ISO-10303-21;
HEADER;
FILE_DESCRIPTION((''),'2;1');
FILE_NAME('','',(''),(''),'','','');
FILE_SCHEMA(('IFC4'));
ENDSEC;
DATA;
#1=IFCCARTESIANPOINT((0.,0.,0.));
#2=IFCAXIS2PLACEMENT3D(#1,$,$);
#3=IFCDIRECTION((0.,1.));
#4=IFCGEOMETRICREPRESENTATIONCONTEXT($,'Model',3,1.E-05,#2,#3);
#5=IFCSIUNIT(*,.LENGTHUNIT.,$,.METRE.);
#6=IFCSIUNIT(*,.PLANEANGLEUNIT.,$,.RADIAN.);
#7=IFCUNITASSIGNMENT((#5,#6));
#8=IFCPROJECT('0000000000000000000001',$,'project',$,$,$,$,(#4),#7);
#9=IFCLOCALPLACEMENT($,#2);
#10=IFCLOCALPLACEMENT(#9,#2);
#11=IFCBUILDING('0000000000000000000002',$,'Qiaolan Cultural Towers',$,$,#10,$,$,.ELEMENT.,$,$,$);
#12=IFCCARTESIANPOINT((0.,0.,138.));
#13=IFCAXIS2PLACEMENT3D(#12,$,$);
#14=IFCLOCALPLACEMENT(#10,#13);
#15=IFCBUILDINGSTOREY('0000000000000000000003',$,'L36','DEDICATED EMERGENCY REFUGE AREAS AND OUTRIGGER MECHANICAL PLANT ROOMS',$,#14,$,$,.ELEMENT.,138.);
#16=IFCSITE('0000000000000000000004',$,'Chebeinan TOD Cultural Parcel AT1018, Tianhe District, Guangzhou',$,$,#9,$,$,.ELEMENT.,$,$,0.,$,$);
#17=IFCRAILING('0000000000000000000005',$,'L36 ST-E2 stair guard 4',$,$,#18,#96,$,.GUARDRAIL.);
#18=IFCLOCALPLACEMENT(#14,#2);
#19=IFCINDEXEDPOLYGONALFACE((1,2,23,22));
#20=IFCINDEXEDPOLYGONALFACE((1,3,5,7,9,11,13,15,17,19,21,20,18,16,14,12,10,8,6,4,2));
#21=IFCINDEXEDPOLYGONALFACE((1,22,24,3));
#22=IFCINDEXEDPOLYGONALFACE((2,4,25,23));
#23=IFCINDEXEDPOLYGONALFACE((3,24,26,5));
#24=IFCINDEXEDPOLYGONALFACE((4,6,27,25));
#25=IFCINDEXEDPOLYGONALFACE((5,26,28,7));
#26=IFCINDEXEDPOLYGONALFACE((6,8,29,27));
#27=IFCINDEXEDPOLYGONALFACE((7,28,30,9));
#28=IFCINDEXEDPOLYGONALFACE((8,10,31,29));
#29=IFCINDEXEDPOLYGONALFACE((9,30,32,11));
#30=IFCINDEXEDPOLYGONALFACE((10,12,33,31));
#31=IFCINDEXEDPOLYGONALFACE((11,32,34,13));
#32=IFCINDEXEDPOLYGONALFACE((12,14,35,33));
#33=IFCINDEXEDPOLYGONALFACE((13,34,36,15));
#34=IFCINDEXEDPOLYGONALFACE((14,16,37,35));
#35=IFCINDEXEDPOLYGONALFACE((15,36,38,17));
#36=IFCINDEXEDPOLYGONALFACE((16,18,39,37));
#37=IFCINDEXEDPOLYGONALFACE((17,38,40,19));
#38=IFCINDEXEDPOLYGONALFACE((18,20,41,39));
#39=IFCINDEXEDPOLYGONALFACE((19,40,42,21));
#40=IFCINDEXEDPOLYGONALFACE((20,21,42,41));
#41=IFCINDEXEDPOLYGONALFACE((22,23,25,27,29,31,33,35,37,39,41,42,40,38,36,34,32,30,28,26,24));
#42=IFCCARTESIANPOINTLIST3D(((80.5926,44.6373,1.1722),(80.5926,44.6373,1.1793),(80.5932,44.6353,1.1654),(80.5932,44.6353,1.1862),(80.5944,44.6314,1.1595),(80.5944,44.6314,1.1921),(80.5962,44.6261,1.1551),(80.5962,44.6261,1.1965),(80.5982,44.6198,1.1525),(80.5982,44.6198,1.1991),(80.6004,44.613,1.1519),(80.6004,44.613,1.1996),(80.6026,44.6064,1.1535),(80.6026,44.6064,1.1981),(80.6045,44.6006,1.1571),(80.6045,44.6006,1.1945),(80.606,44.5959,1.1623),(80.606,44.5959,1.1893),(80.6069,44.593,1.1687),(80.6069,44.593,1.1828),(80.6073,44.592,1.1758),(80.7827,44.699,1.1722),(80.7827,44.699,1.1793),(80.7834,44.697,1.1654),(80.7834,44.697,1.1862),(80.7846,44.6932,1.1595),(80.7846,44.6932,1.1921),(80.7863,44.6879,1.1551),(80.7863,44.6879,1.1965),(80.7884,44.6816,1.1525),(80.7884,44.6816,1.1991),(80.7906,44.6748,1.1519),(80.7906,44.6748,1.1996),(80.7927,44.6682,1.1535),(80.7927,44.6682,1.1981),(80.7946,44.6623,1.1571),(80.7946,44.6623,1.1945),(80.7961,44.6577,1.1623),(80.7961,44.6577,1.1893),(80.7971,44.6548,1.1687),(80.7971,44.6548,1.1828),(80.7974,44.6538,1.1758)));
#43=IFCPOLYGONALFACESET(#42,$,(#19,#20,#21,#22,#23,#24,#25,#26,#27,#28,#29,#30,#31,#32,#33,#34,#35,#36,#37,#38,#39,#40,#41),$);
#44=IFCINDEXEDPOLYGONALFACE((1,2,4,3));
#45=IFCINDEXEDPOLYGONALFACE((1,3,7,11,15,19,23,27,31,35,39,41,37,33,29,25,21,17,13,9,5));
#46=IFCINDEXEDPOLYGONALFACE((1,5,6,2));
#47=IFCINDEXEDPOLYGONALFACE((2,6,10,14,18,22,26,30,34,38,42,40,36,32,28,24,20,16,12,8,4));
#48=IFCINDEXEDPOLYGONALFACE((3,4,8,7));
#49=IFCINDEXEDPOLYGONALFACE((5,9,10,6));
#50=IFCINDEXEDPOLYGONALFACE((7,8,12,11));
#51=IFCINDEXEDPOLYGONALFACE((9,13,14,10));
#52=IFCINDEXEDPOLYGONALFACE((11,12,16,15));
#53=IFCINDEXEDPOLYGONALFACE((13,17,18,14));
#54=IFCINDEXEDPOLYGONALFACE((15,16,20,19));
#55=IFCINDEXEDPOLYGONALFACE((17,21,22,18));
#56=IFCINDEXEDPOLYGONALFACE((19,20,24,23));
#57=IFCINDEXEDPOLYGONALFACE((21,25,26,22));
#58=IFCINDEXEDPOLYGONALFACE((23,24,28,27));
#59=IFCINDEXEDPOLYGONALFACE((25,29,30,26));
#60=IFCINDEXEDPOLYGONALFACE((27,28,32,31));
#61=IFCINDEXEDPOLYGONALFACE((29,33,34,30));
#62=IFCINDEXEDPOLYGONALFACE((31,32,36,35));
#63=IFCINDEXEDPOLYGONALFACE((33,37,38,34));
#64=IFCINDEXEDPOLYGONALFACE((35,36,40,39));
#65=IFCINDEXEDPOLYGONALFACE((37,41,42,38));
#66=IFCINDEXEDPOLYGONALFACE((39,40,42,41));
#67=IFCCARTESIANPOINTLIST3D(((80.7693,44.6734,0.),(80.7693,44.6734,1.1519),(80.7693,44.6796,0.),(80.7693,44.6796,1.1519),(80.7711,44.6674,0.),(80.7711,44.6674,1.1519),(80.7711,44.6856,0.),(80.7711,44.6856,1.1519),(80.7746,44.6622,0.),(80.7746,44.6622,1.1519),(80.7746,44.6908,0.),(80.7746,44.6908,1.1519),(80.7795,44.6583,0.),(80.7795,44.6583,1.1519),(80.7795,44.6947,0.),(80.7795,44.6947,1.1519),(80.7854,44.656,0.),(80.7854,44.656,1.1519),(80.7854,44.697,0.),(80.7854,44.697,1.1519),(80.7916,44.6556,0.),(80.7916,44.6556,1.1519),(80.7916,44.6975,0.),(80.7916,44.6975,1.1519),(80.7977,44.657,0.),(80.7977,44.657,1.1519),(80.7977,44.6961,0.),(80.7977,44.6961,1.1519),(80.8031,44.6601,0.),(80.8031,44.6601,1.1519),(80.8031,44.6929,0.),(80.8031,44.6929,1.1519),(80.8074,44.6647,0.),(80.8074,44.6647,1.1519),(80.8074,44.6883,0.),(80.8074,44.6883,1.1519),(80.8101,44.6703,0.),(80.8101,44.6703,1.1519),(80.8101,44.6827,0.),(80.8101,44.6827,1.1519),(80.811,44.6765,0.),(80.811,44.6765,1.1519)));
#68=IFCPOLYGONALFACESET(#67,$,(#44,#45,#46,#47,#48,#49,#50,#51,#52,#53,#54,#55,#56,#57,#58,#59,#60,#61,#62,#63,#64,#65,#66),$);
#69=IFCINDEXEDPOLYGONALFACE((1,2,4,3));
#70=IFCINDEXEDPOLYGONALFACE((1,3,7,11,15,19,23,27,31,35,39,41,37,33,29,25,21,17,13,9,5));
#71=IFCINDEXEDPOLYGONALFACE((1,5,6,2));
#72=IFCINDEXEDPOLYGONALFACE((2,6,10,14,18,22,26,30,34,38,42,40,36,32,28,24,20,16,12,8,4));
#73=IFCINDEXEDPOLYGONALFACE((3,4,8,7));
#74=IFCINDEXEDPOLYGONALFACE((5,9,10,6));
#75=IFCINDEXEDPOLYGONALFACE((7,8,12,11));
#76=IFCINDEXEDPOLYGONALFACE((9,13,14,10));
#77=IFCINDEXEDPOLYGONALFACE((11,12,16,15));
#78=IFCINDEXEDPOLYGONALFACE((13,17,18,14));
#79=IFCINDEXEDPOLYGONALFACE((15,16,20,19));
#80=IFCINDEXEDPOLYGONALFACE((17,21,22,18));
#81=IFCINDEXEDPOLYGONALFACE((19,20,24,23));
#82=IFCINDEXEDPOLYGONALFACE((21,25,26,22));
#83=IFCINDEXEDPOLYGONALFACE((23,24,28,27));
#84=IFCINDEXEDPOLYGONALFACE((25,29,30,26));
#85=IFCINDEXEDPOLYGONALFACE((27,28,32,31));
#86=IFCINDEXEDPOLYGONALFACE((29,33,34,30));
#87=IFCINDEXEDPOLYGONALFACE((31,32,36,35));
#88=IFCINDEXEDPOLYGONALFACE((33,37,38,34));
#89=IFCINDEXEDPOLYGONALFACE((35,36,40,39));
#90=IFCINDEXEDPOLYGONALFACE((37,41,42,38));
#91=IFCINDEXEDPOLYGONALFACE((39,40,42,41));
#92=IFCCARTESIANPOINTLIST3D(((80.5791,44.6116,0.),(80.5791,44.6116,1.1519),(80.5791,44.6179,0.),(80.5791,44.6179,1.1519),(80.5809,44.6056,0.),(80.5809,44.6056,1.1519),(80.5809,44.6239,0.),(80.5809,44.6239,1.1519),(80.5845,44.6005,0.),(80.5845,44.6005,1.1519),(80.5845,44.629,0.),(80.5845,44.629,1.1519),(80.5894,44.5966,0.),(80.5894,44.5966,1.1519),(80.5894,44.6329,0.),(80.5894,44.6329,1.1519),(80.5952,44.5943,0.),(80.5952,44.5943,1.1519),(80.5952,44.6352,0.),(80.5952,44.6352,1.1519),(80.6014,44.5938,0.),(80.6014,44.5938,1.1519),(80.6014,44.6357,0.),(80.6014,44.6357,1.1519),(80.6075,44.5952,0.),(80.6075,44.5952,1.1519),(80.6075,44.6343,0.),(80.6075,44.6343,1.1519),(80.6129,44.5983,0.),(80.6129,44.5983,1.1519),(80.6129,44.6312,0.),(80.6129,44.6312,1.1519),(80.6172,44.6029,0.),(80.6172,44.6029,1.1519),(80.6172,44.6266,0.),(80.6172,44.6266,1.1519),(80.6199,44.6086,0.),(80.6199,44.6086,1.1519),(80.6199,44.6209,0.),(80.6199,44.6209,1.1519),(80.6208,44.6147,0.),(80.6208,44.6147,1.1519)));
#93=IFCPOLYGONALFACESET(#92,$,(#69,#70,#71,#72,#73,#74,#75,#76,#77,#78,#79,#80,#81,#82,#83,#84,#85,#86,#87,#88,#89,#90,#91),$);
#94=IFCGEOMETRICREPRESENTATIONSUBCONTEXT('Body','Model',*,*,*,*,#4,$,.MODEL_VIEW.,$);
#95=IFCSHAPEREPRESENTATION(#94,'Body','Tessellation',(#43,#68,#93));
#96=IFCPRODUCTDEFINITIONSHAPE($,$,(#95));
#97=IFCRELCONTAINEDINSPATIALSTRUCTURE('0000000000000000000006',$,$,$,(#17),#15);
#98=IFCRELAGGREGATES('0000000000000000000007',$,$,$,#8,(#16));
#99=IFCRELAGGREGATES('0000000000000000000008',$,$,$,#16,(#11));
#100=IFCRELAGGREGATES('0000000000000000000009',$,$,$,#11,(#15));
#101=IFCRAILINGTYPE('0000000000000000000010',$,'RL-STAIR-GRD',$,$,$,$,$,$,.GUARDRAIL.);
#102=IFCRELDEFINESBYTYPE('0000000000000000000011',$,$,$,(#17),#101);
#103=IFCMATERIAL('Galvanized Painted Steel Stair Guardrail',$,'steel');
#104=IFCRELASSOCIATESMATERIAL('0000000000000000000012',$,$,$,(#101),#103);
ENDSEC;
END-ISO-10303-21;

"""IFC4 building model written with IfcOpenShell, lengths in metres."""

from ifc_helpers import new_model, si_unit, direction, frame, origin, origin_2d, place, context, subcontext, project, spatial, circle, extrude, material, type_object, element, save


model = new_model("IFC4")

# Units and contexts
model_context = context("Model", 3, precision=1e-05, world=origin(), true_north=direction((0.0, 1.0)))
body_context = subcontext(model_context, "Body", "Model", "MODEL_VIEW")
ifc_project = project(units=[si_unit("LENGTHUNIT", "METRE"), si_unit("PLANEANGLEUNIT", "RADIAN")], contexts=[model_context])

# Site, building, storey
site_placement = place(None, origin())
site = spatial("IfcSite", under=ifc_project, at=site_placement, Name="Chebeinan TOD Cultural Parcel AT1018, Tianhe District, Guangzhou", CompositionType="ELEMENT", RefElevation=0.0)
building_placement = place(site_placement, origin())
building = spatial("IfcBuilding", under=site, at=building_placement, Name="Qiaolan Cultural Towers", CompositionType="ELEMENT")
storey_placement = place(building_placement, frame((0.0, 0.0, 138.0)))
storey = spatial("IfcBuildingStorey", under=building, at=storey_placement, Name="L36", Description="DEDICATED EMERGENCY REFUGE AREAS AND OUTRIGGER MECHANICAL PLANT ROOMS", CompositionType="ELEMENT", Elevation=138.0)

# Railing
ifc_material_1 = material(Name="Galvanized Painted Steel Stair Guardrail", Category="steel")
railing_type_1 = type_object("IfcRailingType", Name="RL-STAIR-GRD", PredefinedType="GUARDRAIL", material=ifc_material_1)
railing_1_placement = place(storey_placement, frame((80.79, 44.6765, 0.0)))
element("IfcRailing", 1, at=railing_1_placement, inside=storey, type_object=railing_type_1, Name="L36 ST-E2 stair guard 4", PredefinedType="GUARDRAIL", context=body_context, shape_type="SweptSolid", body=[
    extrude(circle(Radius=0.0239, at=origin_2d()), frame((0.0, 0.0, 1.1758), z_axis=(-0.951097, -0.308893, 0.0), x_axis=(0.308893, -0.951097, 0.0)), (0.0, 0.0, 1.0), 0.2),
    extrude(circle(Radius=0.021, at=origin_2d()), origin(), (0.0, 0.0, 1.0), 1.1519),
    extrude(circle(Radius=0.021, at=origin_2d()), frame((-0.1902, -0.0618, 0.0)), (0.0, 0.0, 1.0), 1.1519),
])

save(model, "model.ifc")
